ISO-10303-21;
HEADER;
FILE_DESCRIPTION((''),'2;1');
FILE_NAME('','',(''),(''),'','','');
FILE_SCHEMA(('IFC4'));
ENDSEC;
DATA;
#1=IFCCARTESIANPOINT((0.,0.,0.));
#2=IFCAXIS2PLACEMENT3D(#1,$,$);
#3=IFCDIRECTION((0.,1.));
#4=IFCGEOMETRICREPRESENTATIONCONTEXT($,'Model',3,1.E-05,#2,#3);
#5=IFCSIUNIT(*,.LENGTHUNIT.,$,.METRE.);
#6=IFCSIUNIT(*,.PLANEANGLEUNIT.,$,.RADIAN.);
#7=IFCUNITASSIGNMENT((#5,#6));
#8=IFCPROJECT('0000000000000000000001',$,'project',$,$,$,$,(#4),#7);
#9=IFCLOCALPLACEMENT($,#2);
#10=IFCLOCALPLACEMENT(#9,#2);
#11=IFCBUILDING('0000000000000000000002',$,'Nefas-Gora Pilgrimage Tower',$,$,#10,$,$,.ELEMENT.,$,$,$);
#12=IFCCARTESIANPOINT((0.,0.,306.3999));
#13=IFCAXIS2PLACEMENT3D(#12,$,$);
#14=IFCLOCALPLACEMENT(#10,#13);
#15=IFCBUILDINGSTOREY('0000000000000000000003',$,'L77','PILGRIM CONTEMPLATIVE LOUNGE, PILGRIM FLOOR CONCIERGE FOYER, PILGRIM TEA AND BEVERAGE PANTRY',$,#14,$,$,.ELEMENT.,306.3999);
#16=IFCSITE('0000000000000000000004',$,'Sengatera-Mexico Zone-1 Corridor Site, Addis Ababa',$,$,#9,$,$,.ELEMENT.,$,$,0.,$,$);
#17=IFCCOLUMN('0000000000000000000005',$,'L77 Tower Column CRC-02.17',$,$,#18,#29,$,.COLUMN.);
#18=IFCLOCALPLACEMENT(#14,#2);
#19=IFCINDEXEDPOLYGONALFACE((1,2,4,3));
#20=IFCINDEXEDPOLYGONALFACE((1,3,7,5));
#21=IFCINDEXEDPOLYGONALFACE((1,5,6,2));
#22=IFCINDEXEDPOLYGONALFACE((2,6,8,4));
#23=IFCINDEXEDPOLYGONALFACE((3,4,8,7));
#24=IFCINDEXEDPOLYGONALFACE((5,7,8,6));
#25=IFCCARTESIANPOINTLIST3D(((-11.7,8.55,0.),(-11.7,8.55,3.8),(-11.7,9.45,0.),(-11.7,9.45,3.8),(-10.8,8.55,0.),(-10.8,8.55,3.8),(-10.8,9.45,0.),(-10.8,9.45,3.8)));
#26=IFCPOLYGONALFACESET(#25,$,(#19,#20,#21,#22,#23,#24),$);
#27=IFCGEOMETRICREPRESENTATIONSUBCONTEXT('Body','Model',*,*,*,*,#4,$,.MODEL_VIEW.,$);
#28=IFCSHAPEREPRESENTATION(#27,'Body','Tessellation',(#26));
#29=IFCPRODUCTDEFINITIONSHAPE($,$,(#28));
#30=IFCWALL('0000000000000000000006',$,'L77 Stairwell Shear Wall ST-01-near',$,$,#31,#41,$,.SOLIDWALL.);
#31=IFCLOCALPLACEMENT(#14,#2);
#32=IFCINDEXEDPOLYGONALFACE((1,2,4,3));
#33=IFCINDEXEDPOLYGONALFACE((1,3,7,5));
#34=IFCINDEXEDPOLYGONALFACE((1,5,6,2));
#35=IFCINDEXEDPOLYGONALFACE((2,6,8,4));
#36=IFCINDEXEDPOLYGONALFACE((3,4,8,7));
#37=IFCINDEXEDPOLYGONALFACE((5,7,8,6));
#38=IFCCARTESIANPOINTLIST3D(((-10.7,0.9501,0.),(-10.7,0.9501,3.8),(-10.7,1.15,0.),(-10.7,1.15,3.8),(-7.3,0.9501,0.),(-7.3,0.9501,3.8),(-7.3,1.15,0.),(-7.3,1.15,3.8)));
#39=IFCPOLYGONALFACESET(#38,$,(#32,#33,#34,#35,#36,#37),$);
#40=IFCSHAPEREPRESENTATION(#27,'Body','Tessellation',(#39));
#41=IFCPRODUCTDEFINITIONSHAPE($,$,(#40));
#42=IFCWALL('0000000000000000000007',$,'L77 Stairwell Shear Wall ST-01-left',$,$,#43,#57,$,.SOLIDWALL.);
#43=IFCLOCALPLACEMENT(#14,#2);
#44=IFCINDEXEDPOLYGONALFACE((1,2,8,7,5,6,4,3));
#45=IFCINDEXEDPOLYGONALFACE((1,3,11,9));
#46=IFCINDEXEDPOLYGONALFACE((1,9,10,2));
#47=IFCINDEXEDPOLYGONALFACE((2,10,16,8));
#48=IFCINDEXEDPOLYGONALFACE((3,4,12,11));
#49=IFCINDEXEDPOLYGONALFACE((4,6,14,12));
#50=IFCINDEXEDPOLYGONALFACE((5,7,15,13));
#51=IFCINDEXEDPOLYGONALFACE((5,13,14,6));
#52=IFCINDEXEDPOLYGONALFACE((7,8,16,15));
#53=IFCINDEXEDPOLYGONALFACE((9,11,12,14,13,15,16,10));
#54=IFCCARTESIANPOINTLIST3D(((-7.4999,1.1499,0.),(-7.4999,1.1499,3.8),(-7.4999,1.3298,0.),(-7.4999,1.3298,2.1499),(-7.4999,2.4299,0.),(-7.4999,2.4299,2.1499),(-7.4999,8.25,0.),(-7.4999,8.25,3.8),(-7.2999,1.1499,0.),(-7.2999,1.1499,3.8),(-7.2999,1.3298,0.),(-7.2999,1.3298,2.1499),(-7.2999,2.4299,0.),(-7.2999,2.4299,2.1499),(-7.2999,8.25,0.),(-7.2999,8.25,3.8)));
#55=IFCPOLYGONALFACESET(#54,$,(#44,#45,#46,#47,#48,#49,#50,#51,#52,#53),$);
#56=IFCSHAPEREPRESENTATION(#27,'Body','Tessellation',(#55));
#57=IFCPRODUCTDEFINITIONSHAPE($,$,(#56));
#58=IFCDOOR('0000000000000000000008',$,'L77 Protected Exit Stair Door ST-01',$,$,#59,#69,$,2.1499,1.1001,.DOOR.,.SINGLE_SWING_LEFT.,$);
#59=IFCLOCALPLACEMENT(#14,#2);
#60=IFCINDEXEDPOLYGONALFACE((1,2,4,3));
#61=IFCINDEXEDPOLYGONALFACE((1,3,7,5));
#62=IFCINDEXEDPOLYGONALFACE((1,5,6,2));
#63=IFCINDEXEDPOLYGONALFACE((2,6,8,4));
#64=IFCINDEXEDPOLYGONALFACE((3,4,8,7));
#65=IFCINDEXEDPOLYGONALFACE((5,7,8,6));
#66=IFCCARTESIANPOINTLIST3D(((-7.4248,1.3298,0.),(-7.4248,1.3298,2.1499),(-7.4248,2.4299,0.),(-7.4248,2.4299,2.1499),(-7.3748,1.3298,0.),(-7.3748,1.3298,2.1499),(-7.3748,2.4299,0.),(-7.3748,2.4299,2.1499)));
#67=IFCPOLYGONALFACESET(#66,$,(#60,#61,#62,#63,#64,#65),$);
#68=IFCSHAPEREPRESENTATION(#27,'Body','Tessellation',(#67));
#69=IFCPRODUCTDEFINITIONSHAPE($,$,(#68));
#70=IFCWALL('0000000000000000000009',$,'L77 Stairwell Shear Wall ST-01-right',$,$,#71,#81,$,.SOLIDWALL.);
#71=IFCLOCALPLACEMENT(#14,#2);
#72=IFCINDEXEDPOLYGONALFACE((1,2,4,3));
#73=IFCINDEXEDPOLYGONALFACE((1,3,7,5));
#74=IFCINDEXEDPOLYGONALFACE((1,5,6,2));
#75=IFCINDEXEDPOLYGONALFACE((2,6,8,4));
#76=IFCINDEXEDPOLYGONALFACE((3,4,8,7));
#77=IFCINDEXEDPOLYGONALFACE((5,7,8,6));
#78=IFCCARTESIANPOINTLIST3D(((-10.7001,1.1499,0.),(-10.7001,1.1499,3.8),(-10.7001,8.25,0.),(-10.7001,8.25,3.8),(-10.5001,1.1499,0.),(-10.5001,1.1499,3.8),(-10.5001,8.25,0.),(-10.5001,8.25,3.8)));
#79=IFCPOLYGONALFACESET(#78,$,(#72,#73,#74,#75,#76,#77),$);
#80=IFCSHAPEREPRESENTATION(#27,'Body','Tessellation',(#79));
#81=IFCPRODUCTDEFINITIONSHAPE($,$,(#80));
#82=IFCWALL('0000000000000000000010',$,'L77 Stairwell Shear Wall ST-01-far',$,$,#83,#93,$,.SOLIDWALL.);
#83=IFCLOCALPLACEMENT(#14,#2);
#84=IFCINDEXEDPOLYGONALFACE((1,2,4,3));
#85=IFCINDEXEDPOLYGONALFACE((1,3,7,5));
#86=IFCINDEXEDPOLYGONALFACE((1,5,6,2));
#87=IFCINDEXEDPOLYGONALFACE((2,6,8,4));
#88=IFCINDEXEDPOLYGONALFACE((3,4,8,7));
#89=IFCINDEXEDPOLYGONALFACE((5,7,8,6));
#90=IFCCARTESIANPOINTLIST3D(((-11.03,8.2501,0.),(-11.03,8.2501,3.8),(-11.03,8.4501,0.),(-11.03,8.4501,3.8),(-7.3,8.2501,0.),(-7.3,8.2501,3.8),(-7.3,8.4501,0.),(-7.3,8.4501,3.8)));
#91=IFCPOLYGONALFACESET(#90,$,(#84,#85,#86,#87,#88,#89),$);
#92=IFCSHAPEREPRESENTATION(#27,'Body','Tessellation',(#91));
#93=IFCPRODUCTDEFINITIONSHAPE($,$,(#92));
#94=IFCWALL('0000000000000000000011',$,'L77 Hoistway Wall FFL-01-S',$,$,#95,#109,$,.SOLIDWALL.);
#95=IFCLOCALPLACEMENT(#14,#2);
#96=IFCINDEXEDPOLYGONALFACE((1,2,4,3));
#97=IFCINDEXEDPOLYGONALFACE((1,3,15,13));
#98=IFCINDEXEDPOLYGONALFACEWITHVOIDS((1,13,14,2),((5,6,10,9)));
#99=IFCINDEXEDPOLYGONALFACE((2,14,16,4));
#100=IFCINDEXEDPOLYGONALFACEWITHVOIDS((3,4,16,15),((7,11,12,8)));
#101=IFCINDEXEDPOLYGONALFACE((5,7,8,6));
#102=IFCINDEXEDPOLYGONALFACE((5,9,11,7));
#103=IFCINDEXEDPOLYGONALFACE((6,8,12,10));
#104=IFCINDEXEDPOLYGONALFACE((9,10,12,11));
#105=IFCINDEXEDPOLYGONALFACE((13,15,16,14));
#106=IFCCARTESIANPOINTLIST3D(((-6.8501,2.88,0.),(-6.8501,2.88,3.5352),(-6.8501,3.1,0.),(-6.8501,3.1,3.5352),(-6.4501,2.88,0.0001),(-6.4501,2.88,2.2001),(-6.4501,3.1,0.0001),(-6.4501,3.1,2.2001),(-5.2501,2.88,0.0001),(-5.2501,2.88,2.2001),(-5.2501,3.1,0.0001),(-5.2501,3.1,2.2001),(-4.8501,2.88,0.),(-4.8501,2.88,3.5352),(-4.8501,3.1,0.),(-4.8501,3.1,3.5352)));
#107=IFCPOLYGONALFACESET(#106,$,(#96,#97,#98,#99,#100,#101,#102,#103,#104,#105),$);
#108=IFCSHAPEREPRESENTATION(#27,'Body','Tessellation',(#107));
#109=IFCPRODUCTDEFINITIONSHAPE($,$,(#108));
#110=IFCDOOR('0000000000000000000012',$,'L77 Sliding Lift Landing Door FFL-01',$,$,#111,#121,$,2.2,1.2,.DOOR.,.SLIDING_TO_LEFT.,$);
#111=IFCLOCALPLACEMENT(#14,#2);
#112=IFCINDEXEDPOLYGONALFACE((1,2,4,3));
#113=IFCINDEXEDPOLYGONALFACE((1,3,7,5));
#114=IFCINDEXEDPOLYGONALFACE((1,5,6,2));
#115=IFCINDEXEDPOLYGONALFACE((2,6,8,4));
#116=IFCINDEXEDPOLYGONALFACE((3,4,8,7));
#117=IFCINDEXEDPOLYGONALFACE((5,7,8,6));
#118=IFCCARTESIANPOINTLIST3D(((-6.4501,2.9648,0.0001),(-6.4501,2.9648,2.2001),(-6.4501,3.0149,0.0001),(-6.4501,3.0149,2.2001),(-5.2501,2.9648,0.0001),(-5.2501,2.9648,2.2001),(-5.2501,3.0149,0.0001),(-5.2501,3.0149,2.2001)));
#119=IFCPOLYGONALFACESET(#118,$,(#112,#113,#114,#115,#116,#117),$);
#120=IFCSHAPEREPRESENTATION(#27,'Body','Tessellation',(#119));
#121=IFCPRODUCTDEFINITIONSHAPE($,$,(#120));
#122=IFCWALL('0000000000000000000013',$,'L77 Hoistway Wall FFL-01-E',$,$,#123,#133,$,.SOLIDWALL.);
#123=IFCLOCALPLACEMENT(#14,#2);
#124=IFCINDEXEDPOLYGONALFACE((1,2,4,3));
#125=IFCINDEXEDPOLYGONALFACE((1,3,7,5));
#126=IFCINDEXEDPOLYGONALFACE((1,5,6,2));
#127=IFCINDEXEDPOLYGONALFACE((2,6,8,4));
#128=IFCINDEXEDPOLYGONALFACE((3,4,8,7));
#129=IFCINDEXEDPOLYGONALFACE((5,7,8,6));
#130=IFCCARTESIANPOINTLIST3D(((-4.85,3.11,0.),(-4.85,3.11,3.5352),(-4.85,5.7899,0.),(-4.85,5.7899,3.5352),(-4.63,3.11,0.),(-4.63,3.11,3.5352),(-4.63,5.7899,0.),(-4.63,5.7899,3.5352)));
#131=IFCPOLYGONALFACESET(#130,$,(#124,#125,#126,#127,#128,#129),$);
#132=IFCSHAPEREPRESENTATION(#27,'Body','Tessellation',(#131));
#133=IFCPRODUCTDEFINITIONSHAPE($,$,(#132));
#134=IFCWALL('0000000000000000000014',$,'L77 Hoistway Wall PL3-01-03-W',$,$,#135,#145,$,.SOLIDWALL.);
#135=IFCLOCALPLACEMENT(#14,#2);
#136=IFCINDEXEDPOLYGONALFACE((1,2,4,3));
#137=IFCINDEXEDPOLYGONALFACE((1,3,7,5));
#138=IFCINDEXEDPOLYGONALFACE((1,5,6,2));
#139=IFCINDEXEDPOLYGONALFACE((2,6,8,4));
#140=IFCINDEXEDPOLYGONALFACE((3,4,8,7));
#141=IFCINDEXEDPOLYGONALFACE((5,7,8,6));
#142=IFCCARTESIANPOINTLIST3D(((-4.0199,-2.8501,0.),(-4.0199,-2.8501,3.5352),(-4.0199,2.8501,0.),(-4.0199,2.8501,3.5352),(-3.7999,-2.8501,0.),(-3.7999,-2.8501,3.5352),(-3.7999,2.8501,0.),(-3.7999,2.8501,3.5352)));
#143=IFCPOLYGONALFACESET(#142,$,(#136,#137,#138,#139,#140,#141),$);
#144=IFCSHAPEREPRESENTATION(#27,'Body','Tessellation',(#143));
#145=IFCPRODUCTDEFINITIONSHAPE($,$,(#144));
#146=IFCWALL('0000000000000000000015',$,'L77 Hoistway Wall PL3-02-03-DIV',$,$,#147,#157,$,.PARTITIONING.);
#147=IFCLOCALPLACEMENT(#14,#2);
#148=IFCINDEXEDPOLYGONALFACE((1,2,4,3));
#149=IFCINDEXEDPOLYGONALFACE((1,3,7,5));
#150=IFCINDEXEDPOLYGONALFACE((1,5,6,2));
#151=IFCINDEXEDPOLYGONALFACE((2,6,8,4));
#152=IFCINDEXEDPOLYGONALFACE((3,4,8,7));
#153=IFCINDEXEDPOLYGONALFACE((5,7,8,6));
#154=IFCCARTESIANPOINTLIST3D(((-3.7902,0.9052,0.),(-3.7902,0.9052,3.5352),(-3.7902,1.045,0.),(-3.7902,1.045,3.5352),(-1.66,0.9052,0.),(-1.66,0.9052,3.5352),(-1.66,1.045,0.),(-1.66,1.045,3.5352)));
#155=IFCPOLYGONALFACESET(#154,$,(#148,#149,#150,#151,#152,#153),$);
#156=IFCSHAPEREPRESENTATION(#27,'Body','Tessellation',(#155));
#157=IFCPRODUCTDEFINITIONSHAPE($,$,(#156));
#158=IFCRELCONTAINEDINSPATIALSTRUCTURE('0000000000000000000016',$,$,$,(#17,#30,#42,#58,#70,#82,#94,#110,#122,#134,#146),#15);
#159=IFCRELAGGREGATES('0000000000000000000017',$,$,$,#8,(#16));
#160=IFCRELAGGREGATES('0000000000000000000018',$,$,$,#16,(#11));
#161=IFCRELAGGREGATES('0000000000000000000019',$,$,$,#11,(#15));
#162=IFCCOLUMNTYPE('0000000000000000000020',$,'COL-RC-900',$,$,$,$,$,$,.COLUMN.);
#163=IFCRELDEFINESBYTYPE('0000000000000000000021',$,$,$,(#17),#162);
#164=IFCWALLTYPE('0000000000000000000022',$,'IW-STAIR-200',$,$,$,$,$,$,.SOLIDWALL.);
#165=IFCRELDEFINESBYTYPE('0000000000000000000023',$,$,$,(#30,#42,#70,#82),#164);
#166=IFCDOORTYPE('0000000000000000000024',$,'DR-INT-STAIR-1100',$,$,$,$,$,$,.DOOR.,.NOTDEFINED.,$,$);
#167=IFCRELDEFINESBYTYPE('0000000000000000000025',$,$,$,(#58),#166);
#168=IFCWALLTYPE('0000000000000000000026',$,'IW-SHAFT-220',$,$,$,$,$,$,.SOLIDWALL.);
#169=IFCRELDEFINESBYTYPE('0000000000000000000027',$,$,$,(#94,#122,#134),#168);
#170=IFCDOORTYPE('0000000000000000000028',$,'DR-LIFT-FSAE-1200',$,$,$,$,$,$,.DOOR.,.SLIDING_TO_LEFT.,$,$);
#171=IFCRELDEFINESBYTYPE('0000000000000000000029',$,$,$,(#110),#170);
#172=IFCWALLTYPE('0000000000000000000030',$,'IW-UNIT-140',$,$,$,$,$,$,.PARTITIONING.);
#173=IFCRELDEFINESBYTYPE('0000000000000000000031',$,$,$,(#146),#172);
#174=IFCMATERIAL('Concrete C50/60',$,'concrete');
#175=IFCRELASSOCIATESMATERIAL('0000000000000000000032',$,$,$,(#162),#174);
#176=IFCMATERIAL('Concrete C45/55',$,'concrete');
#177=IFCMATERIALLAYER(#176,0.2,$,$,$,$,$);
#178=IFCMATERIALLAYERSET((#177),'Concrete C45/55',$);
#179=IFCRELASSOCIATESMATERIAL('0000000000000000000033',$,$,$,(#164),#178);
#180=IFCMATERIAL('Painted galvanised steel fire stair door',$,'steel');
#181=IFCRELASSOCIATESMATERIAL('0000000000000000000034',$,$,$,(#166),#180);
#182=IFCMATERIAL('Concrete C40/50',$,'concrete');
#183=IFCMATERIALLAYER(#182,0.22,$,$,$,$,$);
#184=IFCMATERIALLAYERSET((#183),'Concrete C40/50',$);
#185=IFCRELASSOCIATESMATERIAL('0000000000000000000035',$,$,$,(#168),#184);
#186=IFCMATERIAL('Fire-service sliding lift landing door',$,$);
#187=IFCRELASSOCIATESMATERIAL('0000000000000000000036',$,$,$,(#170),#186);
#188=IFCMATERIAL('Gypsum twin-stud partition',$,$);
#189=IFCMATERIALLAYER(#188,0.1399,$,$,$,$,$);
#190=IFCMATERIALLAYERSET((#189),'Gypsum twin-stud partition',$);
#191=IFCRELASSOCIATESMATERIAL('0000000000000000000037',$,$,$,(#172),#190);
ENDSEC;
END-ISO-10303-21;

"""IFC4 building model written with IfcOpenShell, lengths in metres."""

from ifc_helpers import new_model, si_unit, direction, frame, frame_2d, origin, origin_2d, place, context, subcontext, project, spatial, rectangle, extrude, source, transform, mapped, material, layer, layer_set, material_profile, profile_set, type_object, element, fill, save


model = new_model("IFC4")

# Units and contexts
model_context = context("Model", 3, precision=1e-05, world=origin(), true_north=direction((0.0, 1.0)))
body_context = subcontext(model_context, "Body", "Model", "MODEL_VIEW")
ifc_project = project(units=[si_unit("LENGTHUNIT", "METRE"), si_unit("PLANEANGLEUNIT", "RADIAN")], contexts=[model_context])

# Site, building, storey
site_placement = place(None, origin())
site = spatial("IfcSite", under=ifc_project, at=site_placement, Name="Sengatera-Mexico Zone-1 Corridor Site, Addis Ababa", CompositionType="ELEMENT", RefElevation=0.0)
building_placement = place(site_placement, origin())
building = spatial("IfcBuilding", under=site, at=building_placement, Name="Nefas-Gora Pilgrimage Tower", CompositionType="ELEMENT")
storey_placement = place(building_placement, frame((0.0, 0.0, 306.3999)))
storey = spatial("IfcBuildingStorey", under=building, at=storey_placement, Name="L77", Description="PILGRIM CONTEMPLATIVE LOUNGE, PILGRIM FLOOR CONCIERGE FOYER, PILGRIM TEA AND BEVERAGE PANTRY", CompositionType="ELEMENT", Elevation=306.3999)

# Column
ifc_material_1 = material(Name="Concrete C50/60", Category="concrete")
ifc_material_profile = material_profile(ifc_material_1, rectangle(XDim=0.8999, YDim=0.8999, at=origin_2d()), Name="RC 900x900")
ifc_profile_set = profile_set([ifc_material_profile], Name="Concrete C50/60")
column_type = type_object("IfcColumnType", Name="COL-RC-900", PredefinedType="COLUMN", material=ifc_profile_set)
shared_shape_1 = source(origin(), body_context, "Body", "SweptSolid", [
    extrude(rectangle(XDim=0.8999, YDim=0.8999, at=origin_2d()), origin(), (0.0, 0.0, 1.0), 3.8),
])
column_placement = place(storey_placement, frame((-11.25, 9.0, 0.0), z_axis=(0.0, 0.0, 1.0), x_axis=(1.0, 0.0, 0.0)))
element("IfcColumn", 1, at=column_placement, inside=storey, type_object=column_type, Name="L77 Tower Column CRC-02.17", PredefinedType="COLUMN", context=body_context, shape_type="MappedRepresentation", body=[
    mapped(shared_shape_1, transform((0.0, 0.0, 0.0), x_axis=(1.0, 0.0, 0.0), y_axis=(0.0, 1.0, 0.0), z_axis=(0.0, 0.0, 1.0), scale=1.0)),
])

# Wall
ifc_material_2 = material(Name="Concrete C45/55", Category="concrete")
ifc_layer_1 = layer(ifc_material_2, 0.2)
ifc_layer_set_1 = layer_set([ifc_layer_1], Name="Concrete C45/55")
wall_type_1 = type_object("IfcWallType", Name="IW-STAIR-200", PredefinedType="SOLIDWALL", material=ifc_layer_set_1)
shared_shape_2 = source(origin(), body_context, "Body", "SweptSolid", [
    extrude(rectangle(XDim=3.3999, YDim=0.2, at=frame_2d((1.7, 0.0))), origin(), (0.0, 0.0, 1.0), 3.8),
])
wall_1_placement = place(storey_placement, frame((-7.3, 1.05, 0.0), z_axis=(0.0, 0.0, 1.0), x_axis=(-1.0, 0.0, 0.0)))
element("IfcWall", 2, at=wall_1_placement, inside=storey, type_object=wall_type_1, Name="L77 Stairwell Shear Wall ST-01-near", PredefinedType="SOLIDWALL", context=body_context, shape_type="MappedRepresentation", body=[
    mapped(shared_shape_2, transform((0.0, 0.0, 0.0), x_axis=(1.0, 0.0, 0.0), y_axis=(0.0, 1.0, 0.0), z_axis=(0.0, 0.0, 1.0), scale=1.0)),
])

# Wall, opening, door
shared_shape_3 = source(origin(), body_context, "Body", "SweptSolid", [
    extrude(rectangle(XDim=7.1001, YDim=0.2, at=frame_2d((3.55, 0.0))), origin(), (0.0, 0.0, 1.0), 3.8),
])
wall_2_placement = place(storey_placement, frame((-7.3999, 1.1499, 0.0), z_axis=(0.0, 0.0, 1.0), x_axis=(0.0, 1.0, 0.0)))
wall_2 = element("IfcWall", 3, at=wall_2_placement, inside=storey, type_object=wall_type_1, Name="L77 Stairwell Shear Wall ST-01-left", PredefinedType="SOLIDWALL", context=body_context, shape_type="MappedRepresentation", body=[
    mapped(shared_shape_3, transform((0.0, 0.0, 0.0), x_axis=(1.0, 0.0, 0.0), y_axis=(0.0, 1.0, 0.0), z_axis=(0.0, 0.0, 1.0), scale=1.0)),
])
opening_1_placement = place(wall_2_placement, frame((0.1799, 0.0, 0.0)))
opening_1 = element("IfcOpeningElement", 4, at=opening_1_placement, cuts=wall_2, PredefinedType="OPENING", context=body_context, shape_type="SweptSolid", body=[
    extrude(rectangle(XDim=1.1001, YDim=2.1499, at=frame_2d((0.55, 1.075))), frame((0.0, 0.1099, 0.0), z_axis=(0.0, -1.0, 0.0), x_axis=(1.0, 0.0, 0.0)), (0.0, 0.0, 1.0), 0.22),
])
ifc_material_3 = material(Name="Painted galvanised steel fire stair door", Category="steel")
door_type_1 = type_object("IfcDoorType", Name="DR-INT-STAIR-1100", OperationType="NOTDEFINED", PredefinedType="DOOR", material=ifc_material_3)
shared_shape_4 = source(origin(), body_context, "Body", "SweptSolid", [
    extrude(rectangle(XDim=1.1001, YDim=2.1499, at=frame_2d((0.55, 1.075))), frame((0.0, 0.0249, 0.0), z_axis=(0.0, -1.0, 0.0), x_axis=(1.0, 0.0, 0.0)), (0.0, 0.0, 1.0), 0.05),
])
door_1_placement = place(opening_1_placement, origin())
door_1 = element("IfcDoor", 5, at=door_1_placement, inside=storey, type_object=door_type_1, Name="L77 Protected Exit Stair Door ST-01", OperationType="SINGLE_SWING_LEFT", OverallHeight=2.1499, OverallWidth=1.1001, PredefinedType="DOOR", context=body_context, shape_type="MappedRepresentation", body=[
    mapped(shared_shape_4, transform((0.0, 0.0, 0.0), x_axis=(1.0, 0.0, 0.0), y_axis=(0.0, 1.0, 0.0), z_axis=(0.0, 0.0, 1.0), scale=1.0)),
])
fill(opening_1, door_1)

# Walls
wall_3_placement = place(storey_placement, frame((-10.6001, 1.1499, 0.0), z_axis=(0.0, 0.0, 1.0), x_axis=(0.0, 1.0, 0.0)))
element("IfcWall", 6, at=wall_3_placement, inside=storey, type_object=wall_type_1, Name="L77 Stairwell Shear Wall ST-01-right", PredefinedType="SOLIDWALL", context=body_context, shape_type="MappedRepresentation", body=[
    mapped(shared_shape_3, transform((0.0, 0.0, 0.0), x_axis=(1.0, 0.0, 0.0), y_axis=(0.0, 1.0, 0.0), z_axis=(0.0, 0.0, 1.0), scale=1.0)),
])
shared_shape_5 = source(origin(), body_context, "Body", "SweptSolid", [
    extrude(rectangle(XDim=3.73, YDim=0.2, at=frame_2d((1.865, 0.0))), origin(), (0.0, 0.0, 1.0), 3.8),
])
wall_4_placement = place(storey_placement, frame((-7.3, 8.3501, 0.0), z_axis=(0.0, 0.0, 1.0), x_axis=(-1.0, 0.0, 0.0)))
element("IfcWall", 7, at=wall_4_placement, inside=storey, type_object=wall_type_1, Name="L77 Stairwell Shear Wall ST-01-far", PredefinedType="SOLIDWALL", context=body_context, shape_type="MappedRepresentation", body=[
    mapped(shared_shape_5, transform((0.0, 0.0, 0.0), x_axis=(1.0, 0.0, 0.0), y_axis=(0.0, 1.0, 0.0), z_axis=(0.0, 0.0, 1.0), scale=1.0)),
])

# Wall, opening, door
ifc_material_4 = material(Name="Concrete C40/50", Category="concrete")
ifc_layer_2 = layer(ifc_material_4, 0.22)
ifc_layer_set_2 = layer_set([ifc_layer_2], Name="Concrete C40/50")
wall_type_2 = type_object("IfcWallType", Name="IW-SHAFT-220", PredefinedType="SOLIDWALL", material=ifc_layer_set_2)
shared_shape_6 = source(origin(), body_context, "Body", "SweptSolid", [
    extrude(rectangle(XDim=2.0, YDim=0.22, at=frame_2d((1.0, 0.0))), origin(), (0.0, 0.0, 1.0), 3.5352),
])
wall_5_placement = place(storey_placement, frame((-6.8501, 2.99, 0.0), z_axis=(0.0, 0.0, 1.0), x_axis=(1.0, 0.0, 0.0)))
wall_5 = element("IfcWall", 8, at=wall_5_placement, inside=storey, type_object=wall_type_2, Name="L77 Hoistway Wall FFL-01-S", PredefinedType="SOLIDWALL", context=body_context, shape_type="MappedRepresentation", body=[
    mapped(shared_shape_6, transform((0.0, 0.0, 0.0), x_axis=(1.0, 0.0, 0.0), y_axis=(0.0, 1.0, 0.0), z_axis=(0.0, 0.0, 1.0), scale=1.0)),
])
opening_2_placement = place(wall_5_placement, frame((0.3999, 0.0, 0.0)))
opening_2 = element("IfcOpeningElement", 9, at=opening_2_placement, cuts=wall_5, PredefinedType="OPENING", context=body_context, shape_type="SweptSolid", body=[
    extrude(rectangle(XDim=1.2, YDim=2.2, at=frame_2d((0.6001, 1.1001))), frame((0.0, 0.1199, 0.0), z_axis=(0.0, -1.0, 0.0), x_axis=(1.0, 0.0, 0.0)), (0.0, 0.0, 1.0), 0.24),
])
ifc_material_5 = material(Name="Fire-service sliding lift landing door")
door_type_2 = type_object("IfcDoorType", Name="DR-LIFT-FSAE-1200", OperationType="SLIDING_TO_LEFT", PredefinedType="DOOR", material=ifc_material_5)
shared_shape_7 = source(origin(), body_context, "Body", "SweptSolid", [
    extrude(rectangle(XDim=1.2, YDim=2.2, at=frame_2d((0.6001, 1.1001))), frame((0.0, 0.0249, 0.0), z_axis=(0.0, -1.0, 0.0), x_axis=(1.0, 0.0, 0.0)), (0.0, 0.0, 1.0), 0.05),
])
door_2_placement = place(opening_2_placement, origin())
door_2 = element("IfcDoor", 10, at=door_2_placement, inside=storey, type_object=door_type_2, Name="L77 Sliding Lift Landing Door FFL-01", OperationType="SLIDING_TO_LEFT", OverallHeight=2.2, OverallWidth=1.2, PredefinedType="DOOR", context=body_context, shape_type="MappedRepresentation", body=[
    mapped(shared_shape_7, transform((0.0, 0.0, 0.0), x_axis=(1.0, 0.0, 0.0), y_axis=(0.0, 1.0, 0.0), z_axis=(0.0, 0.0, 1.0), scale=1.0)),
])
fill(opening_2, door_2)

# Walls
shared_shape_8 = source(origin(), body_context, "Body", "SweptSolid", [
    extrude(rectangle(XDim=2.6799, YDim=0.22, at=frame_2d((1.3398, 0.0))), origin(), (0.0, 0.0, 1.0), 3.5352),
])
wall_6_placement = place(storey_placement, frame((-4.74, 3.1101, 0.0), z_axis=(0.0, 0.0, 1.0), x_axis=(0.0, 1.0, 0.0)))
element("IfcWall", 11, at=wall_6_placement, inside=storey, type_object=wall_type_2, Name="L77 Hoistway Wall FFL-01-E", PredefinedType="SOLIDWALL", context=body_context, shape_type="MappedRepresentation", body=[
    mapped(shared_shape_8, transform((0.0, 0.0, 0.0), x_axis=(1.0, 0.0, 0.0), y_axis=(0.0, 1.0, 0.0), z_axis=(0.0, 0.0, 1.0), scale=1.0)),
])
shared_shape_9 = source(origin(), body_context, "Body", "SweptSolid", [
    extrude(rectangle(XDim=5.7002, YDim=0.22, at=frame_2d((2.8501, 0.0))), origin(), (0.0, 0.0, 1.0), 3.5352),
])
wall_7_placement = place(storey_placement, frame((-3.9099, 2.8501, 0.0), z_axis=(0.0, 0.0, 1.0), x_axis=(0.0, -1.0, 0.0)))
element("IfcWall", 12, at=wall_7_placement, inside=storey, type_object=wall_type_2, Name="L77 Hoistway Wall PL3-01-03-W", PredefinedType="SOLIDWALL", context=body_context, shape_type="MappedRepresentation", body=[
    mapped(shared_shape_9, transform((0.0, 0.0, 0.0), x_axis=(1.0, 0.0, 0.0), y_axis=(0.0, 1.0, 0.0), z_axis=(0.0, 0.0, 1.0), scale=1.0)),
])
ifc_material_6 = material(Name="Gypsum twin-stud partition")
ifc_layer_3 = layer(ifc_material_6, 0.1399)
ifc_layer_set_3 = layer_set([ifc_layer_3], Name="Gypsum twin-stud partition")
wall_type_3 = type_object("IfcWallType", Name="IW-UNIT-140", PredefinedType="PARTITIONING", material=ifc_layer_set_3)
shared_shape_10 = source(origin(), body_context, "Body", "SweptSolid", [
    extrude(rectangle(XDim=2.1301, YDim=0.1399, at=frame_2d((1.0649, 0.0))), origin(), (0.0, 0.0, 1.0), 3.5352),
])
wall_8_placement = place(storey_placement, frame((-3.79, 0.9751, 0.0), z_axis=(0.0, 0.0, 1.0), x_axis=(1.0, 0.0, 0.0)))
element("IfcWall", 13, at=wall_8_placement, inside=storey, type_object=wall_type_3, Name="L77 Hoistway Wall PL3-02-03-DIV", PredefinedType="PARTITIONING", context=body_context, shape_type="MappedRepresentation", body=[
    mapped(shared_shape_10, transform((0.0, 0.0, 0.0), x_axis=(1.0, 0.0, 0.0), y_axis=(0.0, 1.0, 0.0), z_axis=(0.0, 0.0, 1.0), scale=1.0)),
])

save(model, "model.ifc")
